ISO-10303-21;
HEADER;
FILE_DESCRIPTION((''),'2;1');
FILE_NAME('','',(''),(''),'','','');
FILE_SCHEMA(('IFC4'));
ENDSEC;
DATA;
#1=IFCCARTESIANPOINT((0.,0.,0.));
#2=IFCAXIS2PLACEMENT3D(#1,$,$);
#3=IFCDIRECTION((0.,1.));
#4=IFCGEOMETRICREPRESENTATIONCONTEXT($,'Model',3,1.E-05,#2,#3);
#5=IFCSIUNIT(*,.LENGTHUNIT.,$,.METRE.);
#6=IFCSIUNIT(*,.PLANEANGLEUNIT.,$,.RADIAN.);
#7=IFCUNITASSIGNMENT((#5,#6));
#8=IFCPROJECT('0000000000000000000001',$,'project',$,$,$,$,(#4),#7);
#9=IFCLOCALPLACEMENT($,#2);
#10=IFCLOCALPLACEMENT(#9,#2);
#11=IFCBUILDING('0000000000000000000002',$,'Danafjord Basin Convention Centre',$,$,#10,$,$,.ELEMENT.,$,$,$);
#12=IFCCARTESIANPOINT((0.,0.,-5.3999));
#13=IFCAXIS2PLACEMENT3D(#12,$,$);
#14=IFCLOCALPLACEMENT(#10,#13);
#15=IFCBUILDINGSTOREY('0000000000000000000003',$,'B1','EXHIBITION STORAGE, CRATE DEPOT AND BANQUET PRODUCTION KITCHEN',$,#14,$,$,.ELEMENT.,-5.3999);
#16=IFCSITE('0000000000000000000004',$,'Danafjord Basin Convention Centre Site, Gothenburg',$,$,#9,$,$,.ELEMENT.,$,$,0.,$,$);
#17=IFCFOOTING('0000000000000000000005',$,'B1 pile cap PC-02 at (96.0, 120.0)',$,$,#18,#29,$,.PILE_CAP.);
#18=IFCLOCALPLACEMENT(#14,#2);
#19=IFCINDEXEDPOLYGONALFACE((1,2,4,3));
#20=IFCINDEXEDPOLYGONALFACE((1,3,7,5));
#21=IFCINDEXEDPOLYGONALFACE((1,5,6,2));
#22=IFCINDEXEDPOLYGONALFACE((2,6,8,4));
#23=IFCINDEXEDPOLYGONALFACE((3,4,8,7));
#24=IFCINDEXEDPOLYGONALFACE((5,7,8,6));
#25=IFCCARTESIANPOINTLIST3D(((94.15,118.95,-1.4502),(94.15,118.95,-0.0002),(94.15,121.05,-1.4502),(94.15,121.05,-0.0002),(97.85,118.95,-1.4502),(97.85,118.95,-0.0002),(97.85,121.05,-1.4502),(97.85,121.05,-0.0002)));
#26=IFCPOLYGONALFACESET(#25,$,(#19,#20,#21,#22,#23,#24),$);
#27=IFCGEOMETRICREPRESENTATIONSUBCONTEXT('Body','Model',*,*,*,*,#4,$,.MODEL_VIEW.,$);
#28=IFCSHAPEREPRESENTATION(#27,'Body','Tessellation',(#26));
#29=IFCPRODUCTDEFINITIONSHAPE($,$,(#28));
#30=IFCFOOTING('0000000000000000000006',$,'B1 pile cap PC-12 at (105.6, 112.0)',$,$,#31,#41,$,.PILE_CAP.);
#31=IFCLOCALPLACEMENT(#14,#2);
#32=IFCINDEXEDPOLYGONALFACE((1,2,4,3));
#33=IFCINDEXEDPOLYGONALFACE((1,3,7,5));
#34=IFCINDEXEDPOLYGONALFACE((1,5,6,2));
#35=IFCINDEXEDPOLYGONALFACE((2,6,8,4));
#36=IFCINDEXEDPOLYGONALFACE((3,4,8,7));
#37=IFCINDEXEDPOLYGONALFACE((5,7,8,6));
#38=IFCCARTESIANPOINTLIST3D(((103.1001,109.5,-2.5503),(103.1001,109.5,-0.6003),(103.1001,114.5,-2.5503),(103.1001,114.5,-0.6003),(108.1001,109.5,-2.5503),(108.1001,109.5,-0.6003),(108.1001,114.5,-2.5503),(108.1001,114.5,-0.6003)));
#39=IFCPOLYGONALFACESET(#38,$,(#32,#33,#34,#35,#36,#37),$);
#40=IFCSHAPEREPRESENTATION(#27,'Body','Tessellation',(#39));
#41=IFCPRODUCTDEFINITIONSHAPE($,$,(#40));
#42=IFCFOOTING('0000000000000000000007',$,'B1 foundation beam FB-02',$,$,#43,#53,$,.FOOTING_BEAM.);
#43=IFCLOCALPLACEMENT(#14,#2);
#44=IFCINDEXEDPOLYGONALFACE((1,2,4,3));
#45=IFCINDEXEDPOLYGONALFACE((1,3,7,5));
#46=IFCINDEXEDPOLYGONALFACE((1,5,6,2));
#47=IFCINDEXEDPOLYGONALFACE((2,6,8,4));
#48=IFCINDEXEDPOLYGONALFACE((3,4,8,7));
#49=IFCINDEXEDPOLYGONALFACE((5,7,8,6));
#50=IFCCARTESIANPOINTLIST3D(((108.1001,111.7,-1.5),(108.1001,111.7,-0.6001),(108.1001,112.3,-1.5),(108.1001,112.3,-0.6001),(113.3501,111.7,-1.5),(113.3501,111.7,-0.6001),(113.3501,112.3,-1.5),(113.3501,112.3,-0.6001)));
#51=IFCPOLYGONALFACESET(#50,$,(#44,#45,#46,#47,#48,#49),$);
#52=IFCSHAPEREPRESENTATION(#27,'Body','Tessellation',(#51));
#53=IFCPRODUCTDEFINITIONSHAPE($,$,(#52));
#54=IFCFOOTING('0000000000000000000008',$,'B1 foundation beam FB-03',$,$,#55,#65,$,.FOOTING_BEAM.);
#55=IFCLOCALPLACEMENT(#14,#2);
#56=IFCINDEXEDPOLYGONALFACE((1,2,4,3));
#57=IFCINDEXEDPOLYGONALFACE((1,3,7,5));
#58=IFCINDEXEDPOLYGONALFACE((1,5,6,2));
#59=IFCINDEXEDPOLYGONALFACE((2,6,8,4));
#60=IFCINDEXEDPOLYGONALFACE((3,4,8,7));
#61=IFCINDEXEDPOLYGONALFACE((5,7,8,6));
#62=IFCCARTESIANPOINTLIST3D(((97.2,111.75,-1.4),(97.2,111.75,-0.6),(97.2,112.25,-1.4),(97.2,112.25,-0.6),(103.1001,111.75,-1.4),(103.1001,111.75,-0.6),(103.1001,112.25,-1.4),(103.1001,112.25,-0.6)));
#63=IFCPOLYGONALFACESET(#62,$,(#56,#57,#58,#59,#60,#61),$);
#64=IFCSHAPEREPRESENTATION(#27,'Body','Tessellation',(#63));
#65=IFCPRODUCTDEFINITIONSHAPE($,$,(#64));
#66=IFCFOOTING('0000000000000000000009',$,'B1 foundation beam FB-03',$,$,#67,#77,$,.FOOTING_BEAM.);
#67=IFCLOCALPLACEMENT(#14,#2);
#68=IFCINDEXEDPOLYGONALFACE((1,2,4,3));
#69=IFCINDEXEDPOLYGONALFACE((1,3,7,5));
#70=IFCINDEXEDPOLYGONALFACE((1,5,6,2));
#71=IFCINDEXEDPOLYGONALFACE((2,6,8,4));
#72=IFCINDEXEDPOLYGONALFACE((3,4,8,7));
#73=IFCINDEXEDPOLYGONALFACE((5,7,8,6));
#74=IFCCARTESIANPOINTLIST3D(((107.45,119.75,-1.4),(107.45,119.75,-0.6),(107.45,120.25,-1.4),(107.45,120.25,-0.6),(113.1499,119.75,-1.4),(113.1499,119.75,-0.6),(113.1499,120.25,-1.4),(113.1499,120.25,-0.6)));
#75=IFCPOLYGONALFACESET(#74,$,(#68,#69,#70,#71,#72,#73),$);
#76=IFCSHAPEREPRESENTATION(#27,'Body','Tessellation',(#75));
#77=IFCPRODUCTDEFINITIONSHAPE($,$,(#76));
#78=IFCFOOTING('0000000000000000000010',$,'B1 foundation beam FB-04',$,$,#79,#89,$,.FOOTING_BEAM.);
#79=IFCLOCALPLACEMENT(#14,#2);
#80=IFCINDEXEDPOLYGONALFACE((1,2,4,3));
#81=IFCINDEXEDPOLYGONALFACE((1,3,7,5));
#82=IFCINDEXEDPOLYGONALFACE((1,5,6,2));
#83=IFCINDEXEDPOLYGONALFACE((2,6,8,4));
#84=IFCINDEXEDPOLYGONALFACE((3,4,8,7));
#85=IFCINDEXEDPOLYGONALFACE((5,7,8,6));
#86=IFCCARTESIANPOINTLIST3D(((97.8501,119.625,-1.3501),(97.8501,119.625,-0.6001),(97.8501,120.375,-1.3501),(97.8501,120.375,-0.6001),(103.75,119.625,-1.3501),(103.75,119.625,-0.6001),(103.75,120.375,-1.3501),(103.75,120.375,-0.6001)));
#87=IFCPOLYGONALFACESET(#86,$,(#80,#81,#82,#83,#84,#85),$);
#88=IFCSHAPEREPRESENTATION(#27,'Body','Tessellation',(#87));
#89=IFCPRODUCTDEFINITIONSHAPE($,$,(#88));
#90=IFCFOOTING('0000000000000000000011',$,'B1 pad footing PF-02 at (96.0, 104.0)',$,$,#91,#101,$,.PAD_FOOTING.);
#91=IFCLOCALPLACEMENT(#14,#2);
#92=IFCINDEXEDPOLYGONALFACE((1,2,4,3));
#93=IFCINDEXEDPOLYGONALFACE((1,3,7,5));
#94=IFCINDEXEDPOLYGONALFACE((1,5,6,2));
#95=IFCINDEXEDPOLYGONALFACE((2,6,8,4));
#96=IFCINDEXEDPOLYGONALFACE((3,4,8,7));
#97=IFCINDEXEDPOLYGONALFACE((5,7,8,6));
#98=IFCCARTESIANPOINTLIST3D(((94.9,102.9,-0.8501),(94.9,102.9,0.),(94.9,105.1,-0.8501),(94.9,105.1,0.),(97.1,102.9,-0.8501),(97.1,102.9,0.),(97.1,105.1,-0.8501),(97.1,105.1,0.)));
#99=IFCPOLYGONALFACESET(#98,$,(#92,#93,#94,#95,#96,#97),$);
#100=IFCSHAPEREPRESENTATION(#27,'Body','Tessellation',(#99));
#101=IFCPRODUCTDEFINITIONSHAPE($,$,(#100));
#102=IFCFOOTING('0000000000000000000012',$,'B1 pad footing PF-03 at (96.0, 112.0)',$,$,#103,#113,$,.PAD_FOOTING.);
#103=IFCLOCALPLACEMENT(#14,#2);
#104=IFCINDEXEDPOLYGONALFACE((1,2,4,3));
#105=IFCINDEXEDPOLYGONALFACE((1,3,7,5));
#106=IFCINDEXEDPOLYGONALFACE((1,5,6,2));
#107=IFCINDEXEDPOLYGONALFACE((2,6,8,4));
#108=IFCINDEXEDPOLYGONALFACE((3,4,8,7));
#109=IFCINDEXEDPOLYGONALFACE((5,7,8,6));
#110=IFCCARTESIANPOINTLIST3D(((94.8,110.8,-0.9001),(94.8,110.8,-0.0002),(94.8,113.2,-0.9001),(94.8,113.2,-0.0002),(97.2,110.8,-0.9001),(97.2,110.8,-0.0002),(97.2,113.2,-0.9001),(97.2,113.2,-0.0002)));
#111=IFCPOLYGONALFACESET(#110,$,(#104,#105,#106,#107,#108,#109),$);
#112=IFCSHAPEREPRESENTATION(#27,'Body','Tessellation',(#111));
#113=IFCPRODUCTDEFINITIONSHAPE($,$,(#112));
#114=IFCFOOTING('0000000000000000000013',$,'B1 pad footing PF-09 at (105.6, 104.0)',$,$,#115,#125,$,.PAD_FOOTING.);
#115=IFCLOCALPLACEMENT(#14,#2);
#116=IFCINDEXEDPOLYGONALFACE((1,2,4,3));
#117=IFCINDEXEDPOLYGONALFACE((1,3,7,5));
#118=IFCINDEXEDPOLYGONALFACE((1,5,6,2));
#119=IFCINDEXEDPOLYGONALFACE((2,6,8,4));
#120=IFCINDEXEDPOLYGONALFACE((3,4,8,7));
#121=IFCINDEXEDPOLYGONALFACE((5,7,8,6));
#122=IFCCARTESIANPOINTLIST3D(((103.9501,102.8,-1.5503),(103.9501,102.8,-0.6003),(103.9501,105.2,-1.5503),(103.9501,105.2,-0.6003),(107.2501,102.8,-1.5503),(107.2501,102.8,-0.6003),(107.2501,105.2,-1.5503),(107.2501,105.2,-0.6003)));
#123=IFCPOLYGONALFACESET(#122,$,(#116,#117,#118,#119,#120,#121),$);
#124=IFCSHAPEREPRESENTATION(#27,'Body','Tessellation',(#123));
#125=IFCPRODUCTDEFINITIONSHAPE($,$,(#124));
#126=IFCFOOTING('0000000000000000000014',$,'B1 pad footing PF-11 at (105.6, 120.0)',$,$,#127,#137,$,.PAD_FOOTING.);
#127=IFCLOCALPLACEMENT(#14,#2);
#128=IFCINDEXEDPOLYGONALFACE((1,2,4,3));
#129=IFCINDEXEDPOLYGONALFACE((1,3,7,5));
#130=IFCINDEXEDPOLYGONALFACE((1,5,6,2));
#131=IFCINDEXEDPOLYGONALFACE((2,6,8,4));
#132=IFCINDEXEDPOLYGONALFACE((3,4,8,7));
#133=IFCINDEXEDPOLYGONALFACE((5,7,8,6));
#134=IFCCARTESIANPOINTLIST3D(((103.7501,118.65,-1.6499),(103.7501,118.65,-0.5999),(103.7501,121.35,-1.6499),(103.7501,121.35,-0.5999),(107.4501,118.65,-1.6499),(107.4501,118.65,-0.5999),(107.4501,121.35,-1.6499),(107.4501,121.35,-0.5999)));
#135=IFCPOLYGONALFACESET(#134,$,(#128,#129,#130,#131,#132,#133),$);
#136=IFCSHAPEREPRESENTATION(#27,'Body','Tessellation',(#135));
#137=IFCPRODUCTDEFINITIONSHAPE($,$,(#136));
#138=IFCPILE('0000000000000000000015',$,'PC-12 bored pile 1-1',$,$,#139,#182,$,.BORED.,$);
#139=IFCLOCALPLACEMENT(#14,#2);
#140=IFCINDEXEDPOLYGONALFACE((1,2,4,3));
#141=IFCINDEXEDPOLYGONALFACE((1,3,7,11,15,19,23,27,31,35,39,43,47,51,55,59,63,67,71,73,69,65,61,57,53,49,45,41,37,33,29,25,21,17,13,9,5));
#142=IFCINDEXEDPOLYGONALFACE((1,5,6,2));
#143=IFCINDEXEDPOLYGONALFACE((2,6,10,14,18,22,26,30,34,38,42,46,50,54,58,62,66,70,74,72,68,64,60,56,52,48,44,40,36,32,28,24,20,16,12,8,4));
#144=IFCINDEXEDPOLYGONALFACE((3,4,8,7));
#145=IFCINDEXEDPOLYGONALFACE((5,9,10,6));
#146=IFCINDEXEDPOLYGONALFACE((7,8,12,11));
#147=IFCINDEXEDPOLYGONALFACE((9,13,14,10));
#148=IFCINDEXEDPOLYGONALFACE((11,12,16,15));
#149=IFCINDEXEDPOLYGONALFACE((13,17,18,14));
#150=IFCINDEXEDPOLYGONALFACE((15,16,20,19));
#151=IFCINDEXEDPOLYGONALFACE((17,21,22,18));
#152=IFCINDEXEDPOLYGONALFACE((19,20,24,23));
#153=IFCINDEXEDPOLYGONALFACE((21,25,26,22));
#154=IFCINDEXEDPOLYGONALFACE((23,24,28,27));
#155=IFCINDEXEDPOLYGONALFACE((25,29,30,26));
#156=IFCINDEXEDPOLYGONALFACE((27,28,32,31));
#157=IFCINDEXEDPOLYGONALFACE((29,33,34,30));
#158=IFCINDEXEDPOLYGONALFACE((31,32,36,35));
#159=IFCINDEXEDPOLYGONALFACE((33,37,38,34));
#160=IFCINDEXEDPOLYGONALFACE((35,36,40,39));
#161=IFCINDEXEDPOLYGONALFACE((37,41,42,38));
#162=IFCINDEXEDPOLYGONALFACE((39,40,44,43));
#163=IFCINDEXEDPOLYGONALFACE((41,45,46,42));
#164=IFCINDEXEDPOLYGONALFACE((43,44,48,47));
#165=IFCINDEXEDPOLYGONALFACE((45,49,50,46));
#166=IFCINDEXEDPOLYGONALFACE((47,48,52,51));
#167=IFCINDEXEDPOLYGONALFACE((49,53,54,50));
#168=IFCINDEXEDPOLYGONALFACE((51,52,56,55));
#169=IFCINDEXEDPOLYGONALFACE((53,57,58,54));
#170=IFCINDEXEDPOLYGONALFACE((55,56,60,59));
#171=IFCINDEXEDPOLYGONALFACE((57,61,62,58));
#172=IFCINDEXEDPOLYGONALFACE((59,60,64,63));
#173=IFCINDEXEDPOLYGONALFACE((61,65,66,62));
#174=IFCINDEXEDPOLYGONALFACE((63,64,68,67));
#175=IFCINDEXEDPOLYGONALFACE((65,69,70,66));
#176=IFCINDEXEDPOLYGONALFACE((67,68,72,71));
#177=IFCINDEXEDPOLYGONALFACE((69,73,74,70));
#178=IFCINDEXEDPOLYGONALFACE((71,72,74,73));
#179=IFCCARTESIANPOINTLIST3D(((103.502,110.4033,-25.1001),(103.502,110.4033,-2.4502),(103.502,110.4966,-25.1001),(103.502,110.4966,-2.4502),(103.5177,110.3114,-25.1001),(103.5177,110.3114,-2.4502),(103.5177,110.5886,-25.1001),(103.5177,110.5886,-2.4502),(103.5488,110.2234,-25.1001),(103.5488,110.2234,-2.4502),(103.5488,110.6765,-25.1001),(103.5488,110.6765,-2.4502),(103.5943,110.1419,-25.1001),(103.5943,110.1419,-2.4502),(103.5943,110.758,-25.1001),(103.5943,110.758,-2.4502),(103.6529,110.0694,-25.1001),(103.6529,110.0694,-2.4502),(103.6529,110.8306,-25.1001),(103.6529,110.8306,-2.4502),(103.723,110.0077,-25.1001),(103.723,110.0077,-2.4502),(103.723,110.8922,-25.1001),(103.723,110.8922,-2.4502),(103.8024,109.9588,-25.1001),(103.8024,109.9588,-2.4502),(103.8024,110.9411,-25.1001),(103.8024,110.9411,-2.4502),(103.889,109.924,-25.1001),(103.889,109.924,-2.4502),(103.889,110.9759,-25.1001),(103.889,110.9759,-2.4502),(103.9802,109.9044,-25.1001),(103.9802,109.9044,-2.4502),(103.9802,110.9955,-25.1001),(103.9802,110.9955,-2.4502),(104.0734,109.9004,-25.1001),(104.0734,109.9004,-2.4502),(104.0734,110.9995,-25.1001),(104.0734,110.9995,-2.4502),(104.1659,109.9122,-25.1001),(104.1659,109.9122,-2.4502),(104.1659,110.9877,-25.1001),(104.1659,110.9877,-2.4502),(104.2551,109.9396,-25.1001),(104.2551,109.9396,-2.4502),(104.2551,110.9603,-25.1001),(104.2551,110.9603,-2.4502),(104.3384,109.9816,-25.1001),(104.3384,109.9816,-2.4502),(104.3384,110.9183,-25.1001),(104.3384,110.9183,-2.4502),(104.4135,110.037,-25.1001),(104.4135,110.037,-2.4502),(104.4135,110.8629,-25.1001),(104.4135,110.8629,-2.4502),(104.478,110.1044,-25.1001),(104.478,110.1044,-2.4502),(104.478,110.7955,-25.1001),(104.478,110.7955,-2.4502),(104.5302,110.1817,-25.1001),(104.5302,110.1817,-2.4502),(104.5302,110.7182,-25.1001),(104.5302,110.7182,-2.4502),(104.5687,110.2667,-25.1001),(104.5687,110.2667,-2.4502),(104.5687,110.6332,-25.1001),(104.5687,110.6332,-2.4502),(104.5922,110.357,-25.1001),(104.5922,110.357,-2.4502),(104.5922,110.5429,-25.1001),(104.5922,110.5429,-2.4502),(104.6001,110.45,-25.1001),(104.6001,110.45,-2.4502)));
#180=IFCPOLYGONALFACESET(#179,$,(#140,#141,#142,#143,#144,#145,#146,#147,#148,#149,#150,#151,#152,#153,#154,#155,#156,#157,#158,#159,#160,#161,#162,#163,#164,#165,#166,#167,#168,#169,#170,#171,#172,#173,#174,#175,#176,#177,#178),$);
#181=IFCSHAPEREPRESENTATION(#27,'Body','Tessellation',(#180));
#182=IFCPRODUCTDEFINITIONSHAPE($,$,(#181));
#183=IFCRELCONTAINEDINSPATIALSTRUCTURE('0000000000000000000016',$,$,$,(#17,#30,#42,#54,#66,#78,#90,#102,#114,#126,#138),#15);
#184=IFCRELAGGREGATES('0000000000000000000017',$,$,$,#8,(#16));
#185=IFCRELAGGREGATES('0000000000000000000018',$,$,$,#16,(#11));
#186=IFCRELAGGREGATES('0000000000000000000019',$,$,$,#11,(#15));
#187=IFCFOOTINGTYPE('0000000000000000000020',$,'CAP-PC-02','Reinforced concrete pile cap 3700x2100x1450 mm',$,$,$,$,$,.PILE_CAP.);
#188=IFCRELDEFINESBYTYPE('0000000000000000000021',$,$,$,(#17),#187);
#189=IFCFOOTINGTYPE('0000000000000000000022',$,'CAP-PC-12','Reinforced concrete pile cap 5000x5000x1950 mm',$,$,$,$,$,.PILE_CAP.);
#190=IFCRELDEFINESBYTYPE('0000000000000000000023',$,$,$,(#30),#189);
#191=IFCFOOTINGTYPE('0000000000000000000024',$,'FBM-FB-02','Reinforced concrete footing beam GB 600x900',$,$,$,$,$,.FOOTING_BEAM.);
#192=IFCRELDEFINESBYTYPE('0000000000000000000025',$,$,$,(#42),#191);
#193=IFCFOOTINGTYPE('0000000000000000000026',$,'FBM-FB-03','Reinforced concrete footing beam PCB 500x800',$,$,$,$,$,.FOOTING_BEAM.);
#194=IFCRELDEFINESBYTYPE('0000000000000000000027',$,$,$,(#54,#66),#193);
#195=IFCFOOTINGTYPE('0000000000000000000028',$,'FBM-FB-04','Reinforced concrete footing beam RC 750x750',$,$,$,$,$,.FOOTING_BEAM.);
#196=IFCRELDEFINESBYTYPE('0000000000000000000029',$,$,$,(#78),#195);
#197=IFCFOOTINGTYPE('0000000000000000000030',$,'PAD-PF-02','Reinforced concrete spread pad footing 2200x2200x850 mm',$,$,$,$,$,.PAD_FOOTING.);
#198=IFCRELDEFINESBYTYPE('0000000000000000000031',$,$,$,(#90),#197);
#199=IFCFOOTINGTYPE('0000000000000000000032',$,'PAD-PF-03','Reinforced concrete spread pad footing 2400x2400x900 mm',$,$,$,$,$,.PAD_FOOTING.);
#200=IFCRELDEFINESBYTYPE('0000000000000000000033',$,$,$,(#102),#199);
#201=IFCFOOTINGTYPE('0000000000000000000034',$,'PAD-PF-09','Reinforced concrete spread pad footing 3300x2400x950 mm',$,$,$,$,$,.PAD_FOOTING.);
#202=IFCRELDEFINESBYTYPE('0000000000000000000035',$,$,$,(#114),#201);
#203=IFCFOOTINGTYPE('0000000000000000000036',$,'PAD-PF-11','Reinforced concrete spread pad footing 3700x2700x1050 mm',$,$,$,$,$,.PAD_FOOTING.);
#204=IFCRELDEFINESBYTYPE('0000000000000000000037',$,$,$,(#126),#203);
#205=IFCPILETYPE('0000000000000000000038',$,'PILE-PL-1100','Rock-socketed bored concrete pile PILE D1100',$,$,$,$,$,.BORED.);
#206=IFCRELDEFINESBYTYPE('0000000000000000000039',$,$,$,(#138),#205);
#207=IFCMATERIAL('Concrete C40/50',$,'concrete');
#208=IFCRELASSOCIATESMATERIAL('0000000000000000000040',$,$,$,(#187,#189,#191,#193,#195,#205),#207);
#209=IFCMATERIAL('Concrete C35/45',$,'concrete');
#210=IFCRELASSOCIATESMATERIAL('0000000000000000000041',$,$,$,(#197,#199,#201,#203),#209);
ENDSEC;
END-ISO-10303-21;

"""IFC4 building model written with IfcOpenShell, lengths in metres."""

from ifc_helpers import new_model, si_unit, direction, frame, origin, origin_2d, place, context, subcontext, project, spatial, rectangle, circle, extrude, material, material_profile, profile_set, type_object, element, save


model = new_model("IFC4")

# Units and contexts
model_context = context("Model", 3, precision=1e-05, world=origin(), true_north=direction((0.0, 1.0)))
body_context = subcontext(model_context, "Body", "Model", "MODEL_VIEW")
ifc_project = project(units=[si_unit("LENGTHUNIT", "METRE"), si_unit("PLANEANGLEUNIT", "RADIAN")], contexts=[model_context])

# Site, building, storey
site_placement = place(None, origin())
site = spatial("IfcSite", under=ifc_project, at=site_placement, Name="Danafjord Basin Convention Centre Site, Gothenburg", CompositionType="ELEMENT", RefElevation=0.0)
building_placement = place(site_placement, origin())
building = spatial("IfcBuilding", under=site, at=building_placement, Name="Danafjord Basin Convention Centre", CompositionType="ELEMENT")
storey_placement = place(building_placement, frame((0.0, 0.0, -5.3999)))
storey = spatial("IfcBuildingStorey", under=building, at=storey_placement, Name="B1", Description="EXHIBITION STORAGE, CRATE DEPOT AND BANQUET PRODUCTION KITCHEN", CompositionType="ELEMENT", Elevation=-5.3999)

# Footings
ifc_material_1 = material(Name="Concrete C40/50", Category="concrete")
footing_type_1 = type_object("IfcFootingType", Name="CAP-PC-02", Description="Reinforced concrete pile cap 3700x2100x1450 mm", PredefinedType="PILE_CAP", material=ifc_material_1)
footing_1_placement = place(storey_placement, frame((96.0, 120.0, -1.4502), z_axis=(0.0, 0.0, 1.0), x_axis=(1.0, 0.0, 0.0)))
element("IfcFooting", 1, at=footing_1_placement, inside=storey, type_object=footing_type_1, Name="B1 pile cap PC-02 at (96.0, 120.0)", PredefinedType="PILE_CAP", context=body_context, shape_type="SweptSolid", body=[
    extrude(rectangle(XDim=3.7, YDim=2.1001, at=origin_2d()), origin(), (0.0, 0.0, 1.0), 1.45),
])
footing_type_2 = type_object("IfcFootingType", Name="CAP-PC-12", Description="Reinforced concrete pile cap 5000x5000x1950 mm", PredefinedType="PILE_CAP", material=ifc_material_1)
footing_2_placement = place(storey_placement, frame((105.6001, 112.0, -2.5503), z_axis=(0.0, 0.0, 1.0), x_axis=(1.0, 0.0, 0.0)))
element("IfcFooting", 2, at=footing_2_placement, inside=storey, type_object=footing_type_2, Name="B1 pile cap PC-12 at (105.6, 112.0)", PredefinedType="PILE_CAP", context=body_context, shape_type="SweptSolid", body=[
    extrude(rectangle(XDim=5.0, YDim=5.0, at=origin_2d()), origin(), (0.0, 0.0, 1.0), 1.95),
])
ifc_material_profile_1 = material_profile(ifc_material_1, rectangle(XDim=0.6001, YDim=0.8999, at=origin_2d()), Name="GB 600x900")
ifc_profile_set_1 = profile_set([ifc_material_profile_1], Name="Concrete C40/50")
footing_type_3 = type_object("IfcFootingType", Name="FBM-FB-02", Description="Reinforced concrete footing beam GB 600x900", PredefinedType="FOOTING_BEAM", material=ifc_profile_set_1)
footing_3_placement = place(storey_placement, frame((108.1001, 112.0, -1.05), z_axis=(1.0, 0.0, 0.0), x_axis=(0.0, 1.0, 0.0)))
element("IfcFooting", 3, at=footing_3_placement, inside=storey, type_object=footing_type_3, Name="B1 foundation beam FB-02", PredefinedType="FOOTING_BEAM", context=body_context, shape_type="SweptSolid", body=[
    extrude(rectangle(XDim=0.6001, YDim=0.8999, at=origin_2d()), origin(), (0.0, 0.0, 1.0), 5.25),
])
ifc_material_profile_2 = material_profile(ifc_material_1, rectangle(XDim=0.5, YDim=0.8, at=origin_2d()), Name="PCB 500x800")
ifc_profile_set_2 = profile_set([ifc_material_profile_2], Name="Concrete C40/50")
footing_type_4 = type_object("IfcFootingType", Name="FBM-FB-03", Description="Reinforced concrete footing beam PCB 500x800", PredefinedType="FOOTING_BEAM", material=ifc_profile_set_2)
footing_4_placement = place(storey_placement, frame((97.2, 112.0, -1.0), z_axis=(1.0, 0.0, 0.0), x_axis=(0.0, 1.0, 0.0)))
element("IfcFooting", 4, at=footing_4_placement, inside=storey, type_object=footing_type_4, Name="B1 foundation beam FB-03", PredefinedType="FOOTING_BEAM", context=body_context, shape_type="SweptSolid", body=[
    extrude(rectangle(XDim=0.5, YDim=0.8, at=origin_2d()), origin(), (0.0, 0.0, 1.0), 5.9001),
])
footing_5_placement = place(storey_placement, frame((107.45, 120.0, -1.0), z_axis=(1.0, 0.0, 0.0), x_axis=(0.0, 1.0, 0.0)))
element("IfcFooting", 5, at=footing_5_placement, inside=storey, type_object=footing_type_4, Name="B1 foundation beam FB-03", PredefinedType="FOOTING_BEAM", context=body_context, shape_type="SweptSolid", body=[
    extrude(rectangle(XDim=0.5, YDim=0.8, at=origin_2d()), origin(), (0.0, 0.0, 1.0), 5.7),
])
ifc_material_profile_3 = material_profile(ifc_material_1, rectangle(XDim=0.75, YDim=0.75, at=origin_2d()), Name="RC 750x750")
ifc_profile_set_3 = profile_set([ifc_material_profile_3], Name="Concrete C40/50")
footing_type_5 = type_object("IfcFootingType", Name="FBM-FB-04", Description="Reinforced concrete footing beam RC 750x750", PredefinedType="FOOTING_BEAM", material=ifc_profile_set_3)
footing_6_placement = place(storey_placement, frame((97.8501, 120.0, -0.9751), z_axis=(1.0, 0.0, 0.0), x_axis=(0.0, 1.0, 0.0)))
element("IfcFooting", 6, at=footing_6_placement, inside=storey, type_object=footing_type_5, Name="B1 foundation beam FB-04", PredefinedType="FOOTING_BEAM", context=body_context, shape_type="SweptSolid", body=[
    extrude(rectangle(XDim=0.75, YDim=0.75, at=origin_2d()), origin(), (0.0, 0.0, 1.0), 5.8999),
])
ifc_material_2 = material(Name="Concrete C35/45", Category="concrete")
footing_type_6 = type_object("IfcFootingType", Name="PAD-PF-02", Description="Reinforced concrete spread pad footing 2200x2200x850 mm", PredefinedType="PAD_FOOTING", material=ifc_material_2)
footing_7_placement = place(storey_placement, frame((96.0, 104.0, -0.8501), z_axis=(0.0, 0.0, 1.0), x_axis=(1.0, 0.0, 0.0)))
element("IfcFooting", 7, at=footing_7_placement, inside=storey, type_object=footing_type_6, Name="B1 pad footing PF-02 at (96.0, 104.0)", PredefinedType="PAD_FOOTING", context=body_context, shape_type="SweptSolid", body=[
    extrude(rectangle(XDim=2.2, YDim=2.2, at=origin_2d()), origin(), (0.0, 0.0, 1.0), 0.8501),
])
footing_type_7 = type_object("IfcFootingType", Name="PAD-PF-03", Description="Reinforced concrete spread pad footing 2400x2400x900 mm", PredefinedType="PAD_FOOTING", material=ifc_material_2)
footing_8_placement = place(storey_placement, frame((96.0, 112.0, -0.9001), z_axis=(0.0, 0.0, 1.0), x_axis=(1.0, 0.0, 0.0)))
element("IfcFooting", 8, at=footing_8_placement, inside=storey, type_object=footing_type_7, Name="B1 pad footing PF-03 at (96.0, 112.0)", PredefinedType="PAD_FOOTING", context=body_context, shape_type="SweptSolid", body=[
    extrude(rectangle(XDim=2.3999, YDim=2.3999, at=origin_2d()), origin(), (0.0, 0.0, 1.0), 0.8999),
])
footing_type_8 = type_object("IfcFootingType", Name="PAD-PF-09", Description="Reinforced concrete spread pad footing 3300x2400x950 mm", PredefinedType="PAD_FOOTING", material=ifc_material_2)
footing_9_placement = place(storey_placement, frame((105.6001, 104.0, -1.5503), z_axis=(0.0, 0.0, 1.0), x_axis=(1.0, 0.0, 0.0)))
element("IfcFooting", 9, at=footing_9_placement, inside=storey, type_object=footing_type_8, Name="B1 pad footing PF-09 at (105.6, 104.0)", PredefinedType="PAD_FOOTING", context=body_context, shape_type="SweptSolid", body=[
    extrude(rectangle(XDim=3.3, YDim=2.3999, at=origin_2d()), origin(), (0.0, 0.0, 1.0), 0.95),
])
footing_type_9 = type_object("IfcFootingType", Name="PAD-PF-11", Description="Reinforced concrete spread pad footing 3700x2700x1050 mm", PredefinedType="PAD_FOOTING", material=ifc_material_2)
footing_10_placement = place(storey_placement, frame((105.6001, 120.0, -1.6499), z_axis=(0.0, 0.0, 1.0), x_axis=(1.0, 0.0, 0.0)))
element("IfcFooting", 10, at=footing_10_placement, inside=storey, type_object=footing_type_9, Name="B1 pad footing PF-11 at (105.6, 120.0)", PredefinedType="PAD_FOOTING", context=body_context, shape_type="SweptSolid", body=[
    extrude(rectangle(XDim=3.7, YDim=2.7, at=origin_2d()), origin(), (0.0, 0.0, 1.0), 1.05),
])

# Pile
ifc_material_profile_4 = material_profile(ifc_material_1, circle(Radius=0.55, at=origin_2d()), Name="PILE D1100")
ifc_profile_set_4 = profile_set([ifc_material_profile_4], Name="Concrete C40/50")
pile_type_1 = type_object("IfcPileType", Name="PILE-PL-1100", Description="Rock-socketed bored concrete pile PILE D1100", PredefinedType="BORED", material=ifc_profile_set_4)
for number, where, z_axis, x_axis, name in (
    (11, (104.05, 110.45, -2.4502), (0.0, 0.0, -1.0), (1.0, 0.0, 0.0), "PC-12 bored pile 1-1"),
):
    element("IfcPile", number, at=place(storey_placement, frame(where, z_axis=z_axis, x_axis=x_axis)), inside=storey, type_object=pile_type_1, Name=name, PredefinedType="BORED", context=body_context, shape_type="SweptSolid", body=[
        extrude(circle(Radius=0.55, at=origin_2d()), origin(), (0.0, 0.0, 1.0), 22.6499),
    ])

save(model, "model.ifc")
